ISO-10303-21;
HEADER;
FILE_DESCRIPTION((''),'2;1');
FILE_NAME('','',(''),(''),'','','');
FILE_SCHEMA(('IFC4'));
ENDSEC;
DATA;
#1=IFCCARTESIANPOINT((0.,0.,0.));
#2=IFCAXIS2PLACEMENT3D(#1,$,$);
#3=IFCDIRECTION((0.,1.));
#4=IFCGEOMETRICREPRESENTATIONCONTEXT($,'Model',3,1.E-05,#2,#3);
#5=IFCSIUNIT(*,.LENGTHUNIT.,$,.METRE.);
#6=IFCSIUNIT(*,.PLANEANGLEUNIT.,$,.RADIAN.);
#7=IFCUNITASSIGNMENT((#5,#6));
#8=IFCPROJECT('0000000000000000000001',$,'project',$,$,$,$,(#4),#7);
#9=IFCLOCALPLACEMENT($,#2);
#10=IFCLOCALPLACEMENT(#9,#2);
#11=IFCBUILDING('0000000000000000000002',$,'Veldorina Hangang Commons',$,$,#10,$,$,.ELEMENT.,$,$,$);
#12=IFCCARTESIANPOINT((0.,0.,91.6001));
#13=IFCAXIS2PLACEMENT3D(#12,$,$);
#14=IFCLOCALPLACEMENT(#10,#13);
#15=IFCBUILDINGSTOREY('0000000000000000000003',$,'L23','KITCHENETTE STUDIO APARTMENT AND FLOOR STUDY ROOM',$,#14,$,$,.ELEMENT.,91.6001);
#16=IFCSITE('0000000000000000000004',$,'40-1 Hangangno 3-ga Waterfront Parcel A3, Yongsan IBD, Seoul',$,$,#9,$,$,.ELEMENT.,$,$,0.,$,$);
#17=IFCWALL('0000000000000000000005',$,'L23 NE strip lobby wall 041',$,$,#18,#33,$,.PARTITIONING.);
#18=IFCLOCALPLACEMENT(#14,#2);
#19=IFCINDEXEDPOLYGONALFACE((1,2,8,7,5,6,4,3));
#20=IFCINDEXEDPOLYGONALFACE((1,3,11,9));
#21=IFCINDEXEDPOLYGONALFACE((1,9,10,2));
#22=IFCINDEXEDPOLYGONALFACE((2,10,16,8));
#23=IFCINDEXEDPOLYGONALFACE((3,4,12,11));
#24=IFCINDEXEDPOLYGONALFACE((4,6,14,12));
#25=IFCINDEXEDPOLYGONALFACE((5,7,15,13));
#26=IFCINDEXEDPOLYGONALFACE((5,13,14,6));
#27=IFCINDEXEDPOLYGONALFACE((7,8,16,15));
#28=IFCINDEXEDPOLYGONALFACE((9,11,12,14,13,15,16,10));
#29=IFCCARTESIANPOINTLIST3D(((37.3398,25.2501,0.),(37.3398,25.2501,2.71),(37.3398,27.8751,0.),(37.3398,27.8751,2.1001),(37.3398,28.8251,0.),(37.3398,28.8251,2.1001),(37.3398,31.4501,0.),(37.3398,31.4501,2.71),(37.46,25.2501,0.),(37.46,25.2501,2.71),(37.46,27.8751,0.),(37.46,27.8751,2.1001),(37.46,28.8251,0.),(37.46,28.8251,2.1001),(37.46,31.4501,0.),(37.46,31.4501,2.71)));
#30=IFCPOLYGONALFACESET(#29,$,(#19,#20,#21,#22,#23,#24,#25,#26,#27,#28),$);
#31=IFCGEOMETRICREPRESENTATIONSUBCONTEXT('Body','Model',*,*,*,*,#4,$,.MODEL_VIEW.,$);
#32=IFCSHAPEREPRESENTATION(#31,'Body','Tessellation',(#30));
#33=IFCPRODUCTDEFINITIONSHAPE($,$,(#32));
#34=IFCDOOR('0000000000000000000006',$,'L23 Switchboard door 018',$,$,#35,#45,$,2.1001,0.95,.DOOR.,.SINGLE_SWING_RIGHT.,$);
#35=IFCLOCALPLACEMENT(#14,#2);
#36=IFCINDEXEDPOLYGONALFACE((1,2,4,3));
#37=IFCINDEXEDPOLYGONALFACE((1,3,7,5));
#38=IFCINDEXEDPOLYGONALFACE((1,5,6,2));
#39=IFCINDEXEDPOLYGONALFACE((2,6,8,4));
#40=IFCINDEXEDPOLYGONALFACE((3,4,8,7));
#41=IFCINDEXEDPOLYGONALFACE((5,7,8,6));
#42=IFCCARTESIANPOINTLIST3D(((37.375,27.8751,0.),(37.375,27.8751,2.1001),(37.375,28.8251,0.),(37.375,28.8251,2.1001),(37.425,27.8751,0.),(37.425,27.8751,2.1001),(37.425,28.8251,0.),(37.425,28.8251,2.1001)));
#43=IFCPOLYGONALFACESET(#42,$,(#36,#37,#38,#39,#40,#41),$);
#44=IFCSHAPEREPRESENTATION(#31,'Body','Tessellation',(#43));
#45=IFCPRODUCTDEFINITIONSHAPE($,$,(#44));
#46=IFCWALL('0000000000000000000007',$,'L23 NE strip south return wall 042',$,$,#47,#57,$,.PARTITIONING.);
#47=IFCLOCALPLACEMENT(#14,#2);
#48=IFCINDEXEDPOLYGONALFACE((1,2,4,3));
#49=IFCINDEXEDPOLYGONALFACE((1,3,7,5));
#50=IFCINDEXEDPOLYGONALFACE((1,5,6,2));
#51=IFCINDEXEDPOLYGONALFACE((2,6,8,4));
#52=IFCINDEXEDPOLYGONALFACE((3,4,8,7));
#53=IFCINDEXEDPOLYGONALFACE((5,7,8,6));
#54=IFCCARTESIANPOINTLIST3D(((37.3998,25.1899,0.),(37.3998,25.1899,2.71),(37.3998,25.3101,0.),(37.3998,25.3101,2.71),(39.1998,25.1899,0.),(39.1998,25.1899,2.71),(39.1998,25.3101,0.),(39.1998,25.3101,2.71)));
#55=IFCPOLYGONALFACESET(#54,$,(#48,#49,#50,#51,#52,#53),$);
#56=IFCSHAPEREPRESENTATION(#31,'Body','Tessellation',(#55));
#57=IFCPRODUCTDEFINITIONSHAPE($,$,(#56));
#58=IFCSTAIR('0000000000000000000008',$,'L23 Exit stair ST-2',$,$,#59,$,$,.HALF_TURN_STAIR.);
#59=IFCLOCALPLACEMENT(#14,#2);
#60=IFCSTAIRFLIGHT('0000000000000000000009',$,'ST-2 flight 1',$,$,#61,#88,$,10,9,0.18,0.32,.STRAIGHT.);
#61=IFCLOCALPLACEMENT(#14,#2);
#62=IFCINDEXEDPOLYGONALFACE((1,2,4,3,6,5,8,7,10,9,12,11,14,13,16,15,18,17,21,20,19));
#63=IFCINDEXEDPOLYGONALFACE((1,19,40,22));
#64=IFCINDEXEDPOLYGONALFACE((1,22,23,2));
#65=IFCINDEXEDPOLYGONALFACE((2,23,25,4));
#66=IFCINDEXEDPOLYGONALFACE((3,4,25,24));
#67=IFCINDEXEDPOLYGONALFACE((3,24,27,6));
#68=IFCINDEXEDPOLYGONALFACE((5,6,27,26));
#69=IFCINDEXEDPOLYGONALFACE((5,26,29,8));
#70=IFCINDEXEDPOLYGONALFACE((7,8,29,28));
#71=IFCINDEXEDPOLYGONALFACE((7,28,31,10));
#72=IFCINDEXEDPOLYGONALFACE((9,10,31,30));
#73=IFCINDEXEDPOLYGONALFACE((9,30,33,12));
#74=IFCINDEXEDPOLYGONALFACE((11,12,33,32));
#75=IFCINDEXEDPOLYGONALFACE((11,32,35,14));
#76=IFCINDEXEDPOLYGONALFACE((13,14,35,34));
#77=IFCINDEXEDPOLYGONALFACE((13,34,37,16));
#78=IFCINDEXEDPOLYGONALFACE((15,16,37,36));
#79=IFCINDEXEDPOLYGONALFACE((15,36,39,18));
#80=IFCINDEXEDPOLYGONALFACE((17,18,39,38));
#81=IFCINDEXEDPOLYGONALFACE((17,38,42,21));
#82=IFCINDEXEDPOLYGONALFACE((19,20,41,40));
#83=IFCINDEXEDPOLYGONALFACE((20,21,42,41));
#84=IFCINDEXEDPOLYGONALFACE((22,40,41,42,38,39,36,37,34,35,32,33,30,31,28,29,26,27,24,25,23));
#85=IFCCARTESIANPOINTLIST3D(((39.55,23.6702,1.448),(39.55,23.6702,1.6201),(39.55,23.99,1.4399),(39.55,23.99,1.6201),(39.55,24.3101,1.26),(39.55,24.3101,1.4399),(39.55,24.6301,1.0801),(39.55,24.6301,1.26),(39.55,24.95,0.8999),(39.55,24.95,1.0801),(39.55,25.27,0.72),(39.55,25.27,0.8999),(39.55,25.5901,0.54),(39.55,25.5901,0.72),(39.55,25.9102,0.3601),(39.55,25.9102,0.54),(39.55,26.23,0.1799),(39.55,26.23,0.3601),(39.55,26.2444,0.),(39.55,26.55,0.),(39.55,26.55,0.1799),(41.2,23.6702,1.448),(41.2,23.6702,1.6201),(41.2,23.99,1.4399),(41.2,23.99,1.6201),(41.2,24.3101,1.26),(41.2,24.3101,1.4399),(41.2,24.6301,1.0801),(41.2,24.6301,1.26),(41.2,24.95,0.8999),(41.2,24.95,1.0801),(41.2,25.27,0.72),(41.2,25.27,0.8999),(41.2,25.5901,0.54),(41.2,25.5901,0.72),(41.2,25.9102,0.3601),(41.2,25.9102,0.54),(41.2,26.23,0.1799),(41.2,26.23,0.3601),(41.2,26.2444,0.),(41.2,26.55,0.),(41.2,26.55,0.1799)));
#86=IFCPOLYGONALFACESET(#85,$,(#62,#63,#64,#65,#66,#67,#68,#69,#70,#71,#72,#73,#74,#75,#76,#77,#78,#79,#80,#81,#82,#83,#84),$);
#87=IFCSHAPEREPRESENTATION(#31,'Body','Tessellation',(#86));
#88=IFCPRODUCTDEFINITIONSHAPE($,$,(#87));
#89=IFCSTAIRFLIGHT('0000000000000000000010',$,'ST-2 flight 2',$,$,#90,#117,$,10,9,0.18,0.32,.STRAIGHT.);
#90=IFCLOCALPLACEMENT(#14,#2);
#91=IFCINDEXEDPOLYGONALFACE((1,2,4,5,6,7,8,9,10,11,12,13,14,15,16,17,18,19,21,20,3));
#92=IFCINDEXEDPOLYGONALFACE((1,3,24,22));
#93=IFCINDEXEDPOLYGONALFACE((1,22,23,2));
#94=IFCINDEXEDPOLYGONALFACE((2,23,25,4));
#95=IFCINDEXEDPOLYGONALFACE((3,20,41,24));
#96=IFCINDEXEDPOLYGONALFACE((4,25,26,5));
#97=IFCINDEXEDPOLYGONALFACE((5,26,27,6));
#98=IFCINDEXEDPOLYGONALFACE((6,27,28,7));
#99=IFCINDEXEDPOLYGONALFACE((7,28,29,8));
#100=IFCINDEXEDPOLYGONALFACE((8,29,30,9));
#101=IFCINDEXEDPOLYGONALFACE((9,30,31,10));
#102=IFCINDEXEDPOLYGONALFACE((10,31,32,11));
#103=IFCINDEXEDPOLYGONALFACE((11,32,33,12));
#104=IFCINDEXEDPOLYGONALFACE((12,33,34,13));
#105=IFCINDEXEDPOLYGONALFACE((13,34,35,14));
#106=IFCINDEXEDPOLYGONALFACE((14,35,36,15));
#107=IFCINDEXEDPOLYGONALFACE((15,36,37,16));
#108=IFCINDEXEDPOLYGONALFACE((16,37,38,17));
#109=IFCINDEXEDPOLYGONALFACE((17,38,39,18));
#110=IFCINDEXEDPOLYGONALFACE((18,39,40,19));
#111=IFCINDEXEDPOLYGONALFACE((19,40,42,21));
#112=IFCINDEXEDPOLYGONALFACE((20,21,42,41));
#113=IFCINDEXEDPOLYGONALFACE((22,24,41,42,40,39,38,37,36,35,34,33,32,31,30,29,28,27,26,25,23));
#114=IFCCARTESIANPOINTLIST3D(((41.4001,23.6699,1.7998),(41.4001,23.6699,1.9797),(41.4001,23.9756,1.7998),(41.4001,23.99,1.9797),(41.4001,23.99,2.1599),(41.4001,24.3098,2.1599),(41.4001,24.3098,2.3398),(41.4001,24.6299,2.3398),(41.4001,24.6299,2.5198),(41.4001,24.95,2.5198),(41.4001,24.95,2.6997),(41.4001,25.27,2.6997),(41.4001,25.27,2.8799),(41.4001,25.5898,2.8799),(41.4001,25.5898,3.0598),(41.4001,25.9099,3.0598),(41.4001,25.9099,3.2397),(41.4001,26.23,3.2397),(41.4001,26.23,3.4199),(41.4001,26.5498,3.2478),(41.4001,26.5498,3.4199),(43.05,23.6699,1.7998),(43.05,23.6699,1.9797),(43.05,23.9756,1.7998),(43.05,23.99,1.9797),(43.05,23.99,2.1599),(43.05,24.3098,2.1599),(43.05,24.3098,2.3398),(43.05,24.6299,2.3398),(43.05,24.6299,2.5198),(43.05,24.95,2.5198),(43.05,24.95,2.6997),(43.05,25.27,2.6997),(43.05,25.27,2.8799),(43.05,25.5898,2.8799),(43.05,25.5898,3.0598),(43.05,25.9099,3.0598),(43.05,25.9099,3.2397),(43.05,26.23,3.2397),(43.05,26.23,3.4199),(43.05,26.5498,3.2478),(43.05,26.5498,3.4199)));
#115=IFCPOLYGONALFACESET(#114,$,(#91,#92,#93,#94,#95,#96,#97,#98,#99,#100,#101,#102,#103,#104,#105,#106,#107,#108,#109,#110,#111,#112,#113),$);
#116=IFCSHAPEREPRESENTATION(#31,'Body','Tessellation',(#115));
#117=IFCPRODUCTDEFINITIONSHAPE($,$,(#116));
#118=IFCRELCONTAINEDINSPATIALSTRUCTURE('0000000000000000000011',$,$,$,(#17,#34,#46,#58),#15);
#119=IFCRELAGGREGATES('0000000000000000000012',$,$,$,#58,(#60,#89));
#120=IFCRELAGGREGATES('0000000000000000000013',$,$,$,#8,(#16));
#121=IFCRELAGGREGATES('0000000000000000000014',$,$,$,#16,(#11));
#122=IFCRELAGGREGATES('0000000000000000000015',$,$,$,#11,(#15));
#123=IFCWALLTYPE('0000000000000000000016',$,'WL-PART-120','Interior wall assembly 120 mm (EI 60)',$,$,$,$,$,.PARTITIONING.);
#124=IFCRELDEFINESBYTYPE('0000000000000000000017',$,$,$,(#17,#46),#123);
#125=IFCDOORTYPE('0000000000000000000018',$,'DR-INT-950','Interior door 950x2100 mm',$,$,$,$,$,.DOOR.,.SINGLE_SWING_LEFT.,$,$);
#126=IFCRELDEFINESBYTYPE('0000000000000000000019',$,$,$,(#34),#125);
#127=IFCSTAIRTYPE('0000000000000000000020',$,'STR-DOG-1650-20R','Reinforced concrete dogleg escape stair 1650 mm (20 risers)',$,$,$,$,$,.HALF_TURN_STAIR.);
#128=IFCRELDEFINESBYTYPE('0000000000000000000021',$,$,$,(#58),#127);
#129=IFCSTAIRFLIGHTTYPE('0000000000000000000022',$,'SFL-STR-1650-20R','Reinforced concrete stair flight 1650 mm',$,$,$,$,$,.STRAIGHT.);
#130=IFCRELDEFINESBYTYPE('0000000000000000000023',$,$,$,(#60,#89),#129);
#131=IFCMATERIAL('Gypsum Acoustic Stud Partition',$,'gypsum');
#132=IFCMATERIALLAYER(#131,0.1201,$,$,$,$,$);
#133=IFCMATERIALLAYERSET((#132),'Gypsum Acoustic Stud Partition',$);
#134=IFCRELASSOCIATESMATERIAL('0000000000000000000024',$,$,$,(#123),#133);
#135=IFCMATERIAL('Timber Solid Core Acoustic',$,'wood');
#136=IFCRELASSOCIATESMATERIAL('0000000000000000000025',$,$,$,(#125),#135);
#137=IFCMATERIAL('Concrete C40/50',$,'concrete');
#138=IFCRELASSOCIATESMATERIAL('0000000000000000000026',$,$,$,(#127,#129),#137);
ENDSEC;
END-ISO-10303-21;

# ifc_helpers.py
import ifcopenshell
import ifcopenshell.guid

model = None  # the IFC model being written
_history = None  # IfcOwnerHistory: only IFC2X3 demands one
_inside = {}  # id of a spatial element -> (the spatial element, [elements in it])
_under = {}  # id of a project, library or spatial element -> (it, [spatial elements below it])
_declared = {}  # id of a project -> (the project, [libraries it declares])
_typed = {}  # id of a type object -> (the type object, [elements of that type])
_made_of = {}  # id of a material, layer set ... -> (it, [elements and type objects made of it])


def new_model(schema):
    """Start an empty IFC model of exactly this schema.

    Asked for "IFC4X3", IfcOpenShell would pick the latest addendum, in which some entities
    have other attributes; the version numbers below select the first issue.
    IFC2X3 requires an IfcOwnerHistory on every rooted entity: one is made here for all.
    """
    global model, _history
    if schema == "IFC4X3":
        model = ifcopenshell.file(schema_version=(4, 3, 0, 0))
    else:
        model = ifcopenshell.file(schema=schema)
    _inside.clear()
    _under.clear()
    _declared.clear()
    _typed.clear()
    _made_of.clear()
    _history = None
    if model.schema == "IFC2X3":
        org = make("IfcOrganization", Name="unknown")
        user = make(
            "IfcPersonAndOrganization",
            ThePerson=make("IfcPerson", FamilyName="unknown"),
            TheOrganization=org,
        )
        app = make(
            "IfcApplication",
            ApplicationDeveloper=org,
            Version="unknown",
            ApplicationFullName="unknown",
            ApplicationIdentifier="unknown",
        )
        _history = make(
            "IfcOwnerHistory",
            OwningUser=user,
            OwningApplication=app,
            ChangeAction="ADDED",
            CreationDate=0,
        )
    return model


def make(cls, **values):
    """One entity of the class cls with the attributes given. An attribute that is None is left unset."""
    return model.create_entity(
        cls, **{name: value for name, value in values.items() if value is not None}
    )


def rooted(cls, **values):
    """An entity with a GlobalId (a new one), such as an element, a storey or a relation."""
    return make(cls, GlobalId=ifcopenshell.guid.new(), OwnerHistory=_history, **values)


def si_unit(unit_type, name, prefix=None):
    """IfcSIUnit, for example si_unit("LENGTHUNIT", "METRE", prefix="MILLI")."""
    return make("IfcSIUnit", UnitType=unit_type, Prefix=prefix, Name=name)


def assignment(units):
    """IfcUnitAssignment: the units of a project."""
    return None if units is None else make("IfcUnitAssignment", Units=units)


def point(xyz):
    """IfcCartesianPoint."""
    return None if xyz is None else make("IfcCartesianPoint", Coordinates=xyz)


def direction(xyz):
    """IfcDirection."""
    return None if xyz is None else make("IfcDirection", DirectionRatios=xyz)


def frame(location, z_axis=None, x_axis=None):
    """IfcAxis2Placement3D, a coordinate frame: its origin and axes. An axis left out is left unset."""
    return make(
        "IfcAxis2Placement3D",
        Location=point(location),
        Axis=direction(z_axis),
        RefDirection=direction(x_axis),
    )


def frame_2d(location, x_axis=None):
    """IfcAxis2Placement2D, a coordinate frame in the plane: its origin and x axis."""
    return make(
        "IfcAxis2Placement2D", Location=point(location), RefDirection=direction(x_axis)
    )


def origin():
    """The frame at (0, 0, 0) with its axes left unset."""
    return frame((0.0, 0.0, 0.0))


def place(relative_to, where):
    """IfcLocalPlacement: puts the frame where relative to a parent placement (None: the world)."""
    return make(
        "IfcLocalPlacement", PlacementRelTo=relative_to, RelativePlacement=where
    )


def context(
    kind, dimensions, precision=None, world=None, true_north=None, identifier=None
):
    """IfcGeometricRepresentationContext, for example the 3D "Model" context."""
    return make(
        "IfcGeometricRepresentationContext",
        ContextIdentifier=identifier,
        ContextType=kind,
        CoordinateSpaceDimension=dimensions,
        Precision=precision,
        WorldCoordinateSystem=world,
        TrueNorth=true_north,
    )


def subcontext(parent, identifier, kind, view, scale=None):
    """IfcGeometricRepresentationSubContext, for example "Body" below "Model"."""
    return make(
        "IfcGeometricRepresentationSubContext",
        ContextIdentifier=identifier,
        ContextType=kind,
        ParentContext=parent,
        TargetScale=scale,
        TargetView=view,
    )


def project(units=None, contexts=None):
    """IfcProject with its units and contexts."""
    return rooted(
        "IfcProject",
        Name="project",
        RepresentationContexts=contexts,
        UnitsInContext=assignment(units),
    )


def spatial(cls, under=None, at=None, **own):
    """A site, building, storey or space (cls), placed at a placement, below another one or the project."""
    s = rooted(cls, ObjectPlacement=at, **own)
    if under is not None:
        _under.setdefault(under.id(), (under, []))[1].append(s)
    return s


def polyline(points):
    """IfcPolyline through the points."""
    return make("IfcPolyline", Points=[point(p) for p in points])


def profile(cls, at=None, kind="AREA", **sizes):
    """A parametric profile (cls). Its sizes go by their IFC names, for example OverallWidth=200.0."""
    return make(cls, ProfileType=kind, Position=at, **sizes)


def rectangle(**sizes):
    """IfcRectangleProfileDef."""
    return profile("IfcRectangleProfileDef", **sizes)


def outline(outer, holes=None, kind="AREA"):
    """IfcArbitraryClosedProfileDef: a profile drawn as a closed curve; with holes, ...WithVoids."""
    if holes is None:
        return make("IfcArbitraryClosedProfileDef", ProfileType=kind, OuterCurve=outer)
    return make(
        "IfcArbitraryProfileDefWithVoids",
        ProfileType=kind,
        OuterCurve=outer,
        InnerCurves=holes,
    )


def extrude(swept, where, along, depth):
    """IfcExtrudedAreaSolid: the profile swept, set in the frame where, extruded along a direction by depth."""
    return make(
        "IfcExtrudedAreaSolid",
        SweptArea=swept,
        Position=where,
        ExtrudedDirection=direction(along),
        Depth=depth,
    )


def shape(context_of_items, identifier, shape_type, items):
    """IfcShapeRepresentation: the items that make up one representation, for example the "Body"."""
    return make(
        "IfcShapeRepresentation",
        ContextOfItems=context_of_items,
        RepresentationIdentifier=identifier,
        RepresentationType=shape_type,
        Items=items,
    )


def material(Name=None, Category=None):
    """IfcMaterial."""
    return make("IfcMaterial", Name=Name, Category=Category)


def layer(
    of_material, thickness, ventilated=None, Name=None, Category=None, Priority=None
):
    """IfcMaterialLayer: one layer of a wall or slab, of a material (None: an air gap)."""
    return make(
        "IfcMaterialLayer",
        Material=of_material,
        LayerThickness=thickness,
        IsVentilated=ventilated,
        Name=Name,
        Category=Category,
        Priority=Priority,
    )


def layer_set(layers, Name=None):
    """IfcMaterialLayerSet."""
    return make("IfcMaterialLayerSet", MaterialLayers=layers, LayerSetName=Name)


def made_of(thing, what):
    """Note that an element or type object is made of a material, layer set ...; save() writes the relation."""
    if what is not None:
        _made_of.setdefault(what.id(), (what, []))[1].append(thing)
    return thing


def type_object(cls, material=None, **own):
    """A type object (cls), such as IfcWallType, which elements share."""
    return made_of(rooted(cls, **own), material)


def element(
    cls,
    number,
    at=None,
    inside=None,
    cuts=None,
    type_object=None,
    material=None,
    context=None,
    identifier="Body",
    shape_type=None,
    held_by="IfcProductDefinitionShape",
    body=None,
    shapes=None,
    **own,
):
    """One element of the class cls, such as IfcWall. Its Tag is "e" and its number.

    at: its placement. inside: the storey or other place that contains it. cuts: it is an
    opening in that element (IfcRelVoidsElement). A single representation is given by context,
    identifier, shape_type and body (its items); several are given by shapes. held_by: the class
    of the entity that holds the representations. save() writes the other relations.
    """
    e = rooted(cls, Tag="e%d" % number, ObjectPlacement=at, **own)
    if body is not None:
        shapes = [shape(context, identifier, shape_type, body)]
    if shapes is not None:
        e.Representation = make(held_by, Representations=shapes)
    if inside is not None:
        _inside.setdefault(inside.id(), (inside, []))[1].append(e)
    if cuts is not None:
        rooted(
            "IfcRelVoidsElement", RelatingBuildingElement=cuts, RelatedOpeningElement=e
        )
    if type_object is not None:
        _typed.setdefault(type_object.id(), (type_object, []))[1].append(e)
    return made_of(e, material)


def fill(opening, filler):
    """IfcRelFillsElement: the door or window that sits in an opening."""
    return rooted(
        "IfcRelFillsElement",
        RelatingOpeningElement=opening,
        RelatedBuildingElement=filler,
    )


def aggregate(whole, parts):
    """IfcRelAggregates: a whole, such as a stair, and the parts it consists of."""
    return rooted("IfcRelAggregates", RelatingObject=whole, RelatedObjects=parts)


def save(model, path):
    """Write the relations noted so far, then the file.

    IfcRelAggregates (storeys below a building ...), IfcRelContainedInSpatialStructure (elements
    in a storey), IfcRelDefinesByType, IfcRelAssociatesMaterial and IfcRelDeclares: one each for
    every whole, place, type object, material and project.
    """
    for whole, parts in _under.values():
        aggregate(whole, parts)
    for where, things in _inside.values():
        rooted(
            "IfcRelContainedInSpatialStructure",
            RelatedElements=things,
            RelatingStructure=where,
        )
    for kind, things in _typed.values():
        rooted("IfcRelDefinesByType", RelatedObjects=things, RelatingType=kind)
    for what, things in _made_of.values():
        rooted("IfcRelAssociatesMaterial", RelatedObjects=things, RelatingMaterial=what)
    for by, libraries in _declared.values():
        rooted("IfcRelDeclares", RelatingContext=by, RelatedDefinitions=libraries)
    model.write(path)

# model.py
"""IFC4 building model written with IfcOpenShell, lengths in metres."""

from ifc_helpers import new_model, si_unit, direction, frame, frame_2d, origin, place, context, subcontext, project, spatial, polyline, rectangle, outline, extrude, material, layer, layer_set, type_object, element, fill, aggregate, save


model = new_model("IFC4")

# Units and contexts
model_context = context("Model", 3, precision=1e-05, world=origin(), true_north=direction((0.0, 1.0)))
body_context = subcontext(model_context, "Body", "Model", "MODEL_VIEW")
ifc_project = project(units=[si_unit("LENGTHUNIT", "METRE"), si_unit("PLANEANGLEUNIT", "RADIAN")], contexts=[model_context])

# Site, building, storey
site_placement = place(None, origin())
site = spatial("IfcSite", under=ifc_project, at=site_placement, Name="40-1 Hangangno 3-ga Waterfront Parcel A3, Yongsan IBD, Seoul", CompositionType="ELEMENT", RefElevation=0.0)
building_placement = place(site_placement, origin())
building = spatial("IfcBuilding", under=site, at=building_placement, Name="Veldorina Hangang Commons", CompositionType="ELEMENT")
storey_placement = place(building_placement, frame((0.0, 0.0, 91.6001)))
storey = spatial("IfcBuildingStorey", under=building, at=storey_placement, Name="L23", Description="KITCHENETTE STUDIO APARTMENT AND FLOOR STUDY ROOM", CompositionType="ELEMENT", Elevation=91.6001)

# Wall, opening, door
ifc_material_1 = material(Name="Gypsum Acoustic Stud Partition", Category="gypsum")
ifc_layer_1 = layer(ifc_material_1, 0.1201)
ifc_layer_set_1 = layer_set([ifc_layer_1], Name="Gypsum Acoustic Stud Partition")
wall_type_1 = type_object("IfcWallType", Name="WL-PART-120", Description="Interior wall assembly 120 mm (EI 60)", PredefinedType="PARTITIONING", material=ifc_layer_set_1)
wall_1_placement = place(storey_placement, frame((37.3999, 25.25, 0.0), z_axis=(0.0, 0.0, 1.0), x_axis=(0.0, 1.0, 0.0)))
wall_1 = element("IfcWall", 1, at=wall_1_placement, inside=storey, type_object=wall_type_1, Name="L23 NE strip lobby wall 041", PredefinedType="PARTITIONING", context=body_context, shape_type="SweptSolid", body=[
    extrude(rectangle(XDim=6.2, YDim=0.1201, at=frame_2d((3.1001, 0.0))), origin(), (0.0, 0.0, 1.0), 2.71),
])
opening_1_placement = place(wall_1_placement, frame((2.625, 0.0, 0.0)))
opening_1 = element("IfcOpeningElement", 2, at=opening_1_placement, cuts=wall_1, PredefinedType="OPENING", context=body_context, shape_type="SweptSolid", body=[
    extrude(rectangle(XDim=0.95, YDim=2.1001, at=frame_2d((0.4751, 1.05))), frame((0.0, 0.0701, 0.0), z_axis=(0.0, -1.0, 0.0), x_axis=(1.0, 0.0, 0.0)), (0.0, 0.0, 1.0), 0.1401),
])
ifc_material_2 = material(Name="Timber Solid Core Acoustic", Category="wood")
door_type_1 = type_object("IfcDoorType", Name="DR-INT-950", Description="Interior door 950x2100 mm", OperationType="SINGLE_SWING_LEFT", PredefinedType="DOOR", material=ifc_material_2)
door_1_placement = place(opening_1_placement, origin())
door_1 = element("IfcDoor", 3, at=door_1_placement, inside=storey, type_object=door_type_1, Name="L23 Switchboard door 018", OperationType="SINGLE_SWING_RIGHT", OverallHeight=2.1001, OverallWidth=0.95, PredefinedType="DOOR", context=body_context, shape_type="SweptSolid", body=[
    extrude(rectangle(XDim=0.95, YDim=2.1001, at=frame_2d((0.4751, 1.05))), frame((0.0, 0.0249, 0.0), z_axis=(0.0, -1.0, 0.0), x_axis=(1.0, 0.0, 0.0)), (0.0, 0.0, 1.0), 0.05),
])
fill(opening_1, door_1)

# Wall
wall_2_placement = place(storey_placement, frame((37.3999, 25.25, 0.0), z_axis=(0.0, 0.0, 1.0), x_axis=(1.0, 0.0, 0.0)))
element("IfcWall", 4, at=wall_2_placement, inside=storey, type_object=wall_type_1, Name="L23 NE strip south return wall 042", PredefinedType="PARTITIONING", context=body_context, shape_type="SweptSolid", body=[
    extrude(rectangle(XDim=1.8, YDim=0.1201, at=frame_2d((0.8999, 0.0))), origin(), (0.0, 0.0, 1.0), 2.71),
])

# Stair, stair flights
ifc_material_3 = material(Name="Concrete C40/50", Category="concrete")
stair_type = type_object("IfcStairType", Name="STR-DOG-1650-20R", Description="Reinforced concrete dogleg escape stair 1650 mm (20 risers)", PredefinedType="HALF_TURN_STAIR", material=ifc_material_3)
stair_placement = place(storey_placement, origin())
stair = element("IfcStair", 5, at=stair_placement, inside=storey, type_object=stair_type, Name="L23 Exit stair ST-2", PredefinedType="HALF_TURN_STAIR")
stair_flight_type = type_object("IfcStairFlightType", Name="SFL-STR-1650-20R", Description="Reinforced concrete stair flight 1650 mm", PredefinedType="STRAIGHT", material=ifc_material_3)
stair_flight_1_placement = place(storey_placement, frame((40.375, 26.55, 0.0), z_axis=(0.0, 0.0, 1.0), x_axis=(0.0, -1.0, 0.0)))
stair_flight_1 = element("IfcStairFlight", 6, at=stair_flight_1_placement, type_object=stair_flight_type, Name="ST-2 flight 1", NumberOfRisers=10, NumberOfTreads=9, PredefinedType="STRAIGHT", RiserHeight=0.18, TreadLength=0.32, context=body_context, shape_type="SweptSolid", body=[
    extrude(outline(polyline([(0.0, 0.0), (0.0, 0.1799), (0.3201, 0.1799), (0.3201, 0.3601), (0.6399, 0.3601), (0.6399, 0.54), (0.96, 0.54), (0.96, 0.72), (1.28, 0.72), (1.28, 0.8999), (1.6001, 0.8999), (1.6001, 1.0801), (1.9199, 1.0801), (1.9199, 1.26), (2.24, 1.26), (2.24, 1.4399), (2.5601, 1.4399), (2.5601, 1.6201), (2.8799, 1.6201), (2.8799, 1.8), (2.8799, 1.448), (0.3057, 0.0), (0.0, 0.0)])), frame((0.0, 0.825, 0.0), z_axis=(0.0, -1.0, 0.0), x_axis=(1.0, 0.0, 0.0)), (0.0, 0.0, 1.0), 1.6499),
])
stair_flight_2_placement = place(storey_placement, frame((42.2251, 23.6699, 1.7998), z_axis=(0.0, 0.0, 1.0), x_axis=(0.0, 1.0, 0.0)))
stair_flight_2 = element("IfcStairFlight", 7, at=stair_flight_2_placement, type_object=stair_flight_type, Name="ST-2 flight 2", NumberOfRisers=10, NumberOfTreads=9, PredefinedType="STRAIGHT", RiserHeight=0.18, TreadLength=0.32, context=body_context, shape_type="SweptSolid", body=[
    extrude(outline(polyline([(0.0, 0.0), (0.0, 0.1799), (0.3201, 0.1799), (0.3201, 0.3601), (0.6399, 0.3601), (0.6399, 0.54), (0.96, 0.54), (0.96, 0.72), (1.28, 0.72), (1.28, 0.8999), (1.6001, 0.8999), (1.6001, 1.0801), (1.9199, 1.0801), (1.9199, 1.26), (2.24, 1.26), (2.24, 1.4399), (2.5601, 1.4399), (2.5601, 1.6201), (2.8799, 1.6201), (2.8799, 1.8), (2.8799, 1.448), (0.3057, 0.0), (0.0, 0.0)])), frame((0.0, 0.825, 0.0), z_axis=(0.0, -1.0, 0.0), x_axis=(1.0, 0.0, 0.0)), (0.0, 0.0, 1.0), 1.6499),
])
aggregate(stair, [stair_flight_1, stair_flight_2])

save(model, "model.ifc")
